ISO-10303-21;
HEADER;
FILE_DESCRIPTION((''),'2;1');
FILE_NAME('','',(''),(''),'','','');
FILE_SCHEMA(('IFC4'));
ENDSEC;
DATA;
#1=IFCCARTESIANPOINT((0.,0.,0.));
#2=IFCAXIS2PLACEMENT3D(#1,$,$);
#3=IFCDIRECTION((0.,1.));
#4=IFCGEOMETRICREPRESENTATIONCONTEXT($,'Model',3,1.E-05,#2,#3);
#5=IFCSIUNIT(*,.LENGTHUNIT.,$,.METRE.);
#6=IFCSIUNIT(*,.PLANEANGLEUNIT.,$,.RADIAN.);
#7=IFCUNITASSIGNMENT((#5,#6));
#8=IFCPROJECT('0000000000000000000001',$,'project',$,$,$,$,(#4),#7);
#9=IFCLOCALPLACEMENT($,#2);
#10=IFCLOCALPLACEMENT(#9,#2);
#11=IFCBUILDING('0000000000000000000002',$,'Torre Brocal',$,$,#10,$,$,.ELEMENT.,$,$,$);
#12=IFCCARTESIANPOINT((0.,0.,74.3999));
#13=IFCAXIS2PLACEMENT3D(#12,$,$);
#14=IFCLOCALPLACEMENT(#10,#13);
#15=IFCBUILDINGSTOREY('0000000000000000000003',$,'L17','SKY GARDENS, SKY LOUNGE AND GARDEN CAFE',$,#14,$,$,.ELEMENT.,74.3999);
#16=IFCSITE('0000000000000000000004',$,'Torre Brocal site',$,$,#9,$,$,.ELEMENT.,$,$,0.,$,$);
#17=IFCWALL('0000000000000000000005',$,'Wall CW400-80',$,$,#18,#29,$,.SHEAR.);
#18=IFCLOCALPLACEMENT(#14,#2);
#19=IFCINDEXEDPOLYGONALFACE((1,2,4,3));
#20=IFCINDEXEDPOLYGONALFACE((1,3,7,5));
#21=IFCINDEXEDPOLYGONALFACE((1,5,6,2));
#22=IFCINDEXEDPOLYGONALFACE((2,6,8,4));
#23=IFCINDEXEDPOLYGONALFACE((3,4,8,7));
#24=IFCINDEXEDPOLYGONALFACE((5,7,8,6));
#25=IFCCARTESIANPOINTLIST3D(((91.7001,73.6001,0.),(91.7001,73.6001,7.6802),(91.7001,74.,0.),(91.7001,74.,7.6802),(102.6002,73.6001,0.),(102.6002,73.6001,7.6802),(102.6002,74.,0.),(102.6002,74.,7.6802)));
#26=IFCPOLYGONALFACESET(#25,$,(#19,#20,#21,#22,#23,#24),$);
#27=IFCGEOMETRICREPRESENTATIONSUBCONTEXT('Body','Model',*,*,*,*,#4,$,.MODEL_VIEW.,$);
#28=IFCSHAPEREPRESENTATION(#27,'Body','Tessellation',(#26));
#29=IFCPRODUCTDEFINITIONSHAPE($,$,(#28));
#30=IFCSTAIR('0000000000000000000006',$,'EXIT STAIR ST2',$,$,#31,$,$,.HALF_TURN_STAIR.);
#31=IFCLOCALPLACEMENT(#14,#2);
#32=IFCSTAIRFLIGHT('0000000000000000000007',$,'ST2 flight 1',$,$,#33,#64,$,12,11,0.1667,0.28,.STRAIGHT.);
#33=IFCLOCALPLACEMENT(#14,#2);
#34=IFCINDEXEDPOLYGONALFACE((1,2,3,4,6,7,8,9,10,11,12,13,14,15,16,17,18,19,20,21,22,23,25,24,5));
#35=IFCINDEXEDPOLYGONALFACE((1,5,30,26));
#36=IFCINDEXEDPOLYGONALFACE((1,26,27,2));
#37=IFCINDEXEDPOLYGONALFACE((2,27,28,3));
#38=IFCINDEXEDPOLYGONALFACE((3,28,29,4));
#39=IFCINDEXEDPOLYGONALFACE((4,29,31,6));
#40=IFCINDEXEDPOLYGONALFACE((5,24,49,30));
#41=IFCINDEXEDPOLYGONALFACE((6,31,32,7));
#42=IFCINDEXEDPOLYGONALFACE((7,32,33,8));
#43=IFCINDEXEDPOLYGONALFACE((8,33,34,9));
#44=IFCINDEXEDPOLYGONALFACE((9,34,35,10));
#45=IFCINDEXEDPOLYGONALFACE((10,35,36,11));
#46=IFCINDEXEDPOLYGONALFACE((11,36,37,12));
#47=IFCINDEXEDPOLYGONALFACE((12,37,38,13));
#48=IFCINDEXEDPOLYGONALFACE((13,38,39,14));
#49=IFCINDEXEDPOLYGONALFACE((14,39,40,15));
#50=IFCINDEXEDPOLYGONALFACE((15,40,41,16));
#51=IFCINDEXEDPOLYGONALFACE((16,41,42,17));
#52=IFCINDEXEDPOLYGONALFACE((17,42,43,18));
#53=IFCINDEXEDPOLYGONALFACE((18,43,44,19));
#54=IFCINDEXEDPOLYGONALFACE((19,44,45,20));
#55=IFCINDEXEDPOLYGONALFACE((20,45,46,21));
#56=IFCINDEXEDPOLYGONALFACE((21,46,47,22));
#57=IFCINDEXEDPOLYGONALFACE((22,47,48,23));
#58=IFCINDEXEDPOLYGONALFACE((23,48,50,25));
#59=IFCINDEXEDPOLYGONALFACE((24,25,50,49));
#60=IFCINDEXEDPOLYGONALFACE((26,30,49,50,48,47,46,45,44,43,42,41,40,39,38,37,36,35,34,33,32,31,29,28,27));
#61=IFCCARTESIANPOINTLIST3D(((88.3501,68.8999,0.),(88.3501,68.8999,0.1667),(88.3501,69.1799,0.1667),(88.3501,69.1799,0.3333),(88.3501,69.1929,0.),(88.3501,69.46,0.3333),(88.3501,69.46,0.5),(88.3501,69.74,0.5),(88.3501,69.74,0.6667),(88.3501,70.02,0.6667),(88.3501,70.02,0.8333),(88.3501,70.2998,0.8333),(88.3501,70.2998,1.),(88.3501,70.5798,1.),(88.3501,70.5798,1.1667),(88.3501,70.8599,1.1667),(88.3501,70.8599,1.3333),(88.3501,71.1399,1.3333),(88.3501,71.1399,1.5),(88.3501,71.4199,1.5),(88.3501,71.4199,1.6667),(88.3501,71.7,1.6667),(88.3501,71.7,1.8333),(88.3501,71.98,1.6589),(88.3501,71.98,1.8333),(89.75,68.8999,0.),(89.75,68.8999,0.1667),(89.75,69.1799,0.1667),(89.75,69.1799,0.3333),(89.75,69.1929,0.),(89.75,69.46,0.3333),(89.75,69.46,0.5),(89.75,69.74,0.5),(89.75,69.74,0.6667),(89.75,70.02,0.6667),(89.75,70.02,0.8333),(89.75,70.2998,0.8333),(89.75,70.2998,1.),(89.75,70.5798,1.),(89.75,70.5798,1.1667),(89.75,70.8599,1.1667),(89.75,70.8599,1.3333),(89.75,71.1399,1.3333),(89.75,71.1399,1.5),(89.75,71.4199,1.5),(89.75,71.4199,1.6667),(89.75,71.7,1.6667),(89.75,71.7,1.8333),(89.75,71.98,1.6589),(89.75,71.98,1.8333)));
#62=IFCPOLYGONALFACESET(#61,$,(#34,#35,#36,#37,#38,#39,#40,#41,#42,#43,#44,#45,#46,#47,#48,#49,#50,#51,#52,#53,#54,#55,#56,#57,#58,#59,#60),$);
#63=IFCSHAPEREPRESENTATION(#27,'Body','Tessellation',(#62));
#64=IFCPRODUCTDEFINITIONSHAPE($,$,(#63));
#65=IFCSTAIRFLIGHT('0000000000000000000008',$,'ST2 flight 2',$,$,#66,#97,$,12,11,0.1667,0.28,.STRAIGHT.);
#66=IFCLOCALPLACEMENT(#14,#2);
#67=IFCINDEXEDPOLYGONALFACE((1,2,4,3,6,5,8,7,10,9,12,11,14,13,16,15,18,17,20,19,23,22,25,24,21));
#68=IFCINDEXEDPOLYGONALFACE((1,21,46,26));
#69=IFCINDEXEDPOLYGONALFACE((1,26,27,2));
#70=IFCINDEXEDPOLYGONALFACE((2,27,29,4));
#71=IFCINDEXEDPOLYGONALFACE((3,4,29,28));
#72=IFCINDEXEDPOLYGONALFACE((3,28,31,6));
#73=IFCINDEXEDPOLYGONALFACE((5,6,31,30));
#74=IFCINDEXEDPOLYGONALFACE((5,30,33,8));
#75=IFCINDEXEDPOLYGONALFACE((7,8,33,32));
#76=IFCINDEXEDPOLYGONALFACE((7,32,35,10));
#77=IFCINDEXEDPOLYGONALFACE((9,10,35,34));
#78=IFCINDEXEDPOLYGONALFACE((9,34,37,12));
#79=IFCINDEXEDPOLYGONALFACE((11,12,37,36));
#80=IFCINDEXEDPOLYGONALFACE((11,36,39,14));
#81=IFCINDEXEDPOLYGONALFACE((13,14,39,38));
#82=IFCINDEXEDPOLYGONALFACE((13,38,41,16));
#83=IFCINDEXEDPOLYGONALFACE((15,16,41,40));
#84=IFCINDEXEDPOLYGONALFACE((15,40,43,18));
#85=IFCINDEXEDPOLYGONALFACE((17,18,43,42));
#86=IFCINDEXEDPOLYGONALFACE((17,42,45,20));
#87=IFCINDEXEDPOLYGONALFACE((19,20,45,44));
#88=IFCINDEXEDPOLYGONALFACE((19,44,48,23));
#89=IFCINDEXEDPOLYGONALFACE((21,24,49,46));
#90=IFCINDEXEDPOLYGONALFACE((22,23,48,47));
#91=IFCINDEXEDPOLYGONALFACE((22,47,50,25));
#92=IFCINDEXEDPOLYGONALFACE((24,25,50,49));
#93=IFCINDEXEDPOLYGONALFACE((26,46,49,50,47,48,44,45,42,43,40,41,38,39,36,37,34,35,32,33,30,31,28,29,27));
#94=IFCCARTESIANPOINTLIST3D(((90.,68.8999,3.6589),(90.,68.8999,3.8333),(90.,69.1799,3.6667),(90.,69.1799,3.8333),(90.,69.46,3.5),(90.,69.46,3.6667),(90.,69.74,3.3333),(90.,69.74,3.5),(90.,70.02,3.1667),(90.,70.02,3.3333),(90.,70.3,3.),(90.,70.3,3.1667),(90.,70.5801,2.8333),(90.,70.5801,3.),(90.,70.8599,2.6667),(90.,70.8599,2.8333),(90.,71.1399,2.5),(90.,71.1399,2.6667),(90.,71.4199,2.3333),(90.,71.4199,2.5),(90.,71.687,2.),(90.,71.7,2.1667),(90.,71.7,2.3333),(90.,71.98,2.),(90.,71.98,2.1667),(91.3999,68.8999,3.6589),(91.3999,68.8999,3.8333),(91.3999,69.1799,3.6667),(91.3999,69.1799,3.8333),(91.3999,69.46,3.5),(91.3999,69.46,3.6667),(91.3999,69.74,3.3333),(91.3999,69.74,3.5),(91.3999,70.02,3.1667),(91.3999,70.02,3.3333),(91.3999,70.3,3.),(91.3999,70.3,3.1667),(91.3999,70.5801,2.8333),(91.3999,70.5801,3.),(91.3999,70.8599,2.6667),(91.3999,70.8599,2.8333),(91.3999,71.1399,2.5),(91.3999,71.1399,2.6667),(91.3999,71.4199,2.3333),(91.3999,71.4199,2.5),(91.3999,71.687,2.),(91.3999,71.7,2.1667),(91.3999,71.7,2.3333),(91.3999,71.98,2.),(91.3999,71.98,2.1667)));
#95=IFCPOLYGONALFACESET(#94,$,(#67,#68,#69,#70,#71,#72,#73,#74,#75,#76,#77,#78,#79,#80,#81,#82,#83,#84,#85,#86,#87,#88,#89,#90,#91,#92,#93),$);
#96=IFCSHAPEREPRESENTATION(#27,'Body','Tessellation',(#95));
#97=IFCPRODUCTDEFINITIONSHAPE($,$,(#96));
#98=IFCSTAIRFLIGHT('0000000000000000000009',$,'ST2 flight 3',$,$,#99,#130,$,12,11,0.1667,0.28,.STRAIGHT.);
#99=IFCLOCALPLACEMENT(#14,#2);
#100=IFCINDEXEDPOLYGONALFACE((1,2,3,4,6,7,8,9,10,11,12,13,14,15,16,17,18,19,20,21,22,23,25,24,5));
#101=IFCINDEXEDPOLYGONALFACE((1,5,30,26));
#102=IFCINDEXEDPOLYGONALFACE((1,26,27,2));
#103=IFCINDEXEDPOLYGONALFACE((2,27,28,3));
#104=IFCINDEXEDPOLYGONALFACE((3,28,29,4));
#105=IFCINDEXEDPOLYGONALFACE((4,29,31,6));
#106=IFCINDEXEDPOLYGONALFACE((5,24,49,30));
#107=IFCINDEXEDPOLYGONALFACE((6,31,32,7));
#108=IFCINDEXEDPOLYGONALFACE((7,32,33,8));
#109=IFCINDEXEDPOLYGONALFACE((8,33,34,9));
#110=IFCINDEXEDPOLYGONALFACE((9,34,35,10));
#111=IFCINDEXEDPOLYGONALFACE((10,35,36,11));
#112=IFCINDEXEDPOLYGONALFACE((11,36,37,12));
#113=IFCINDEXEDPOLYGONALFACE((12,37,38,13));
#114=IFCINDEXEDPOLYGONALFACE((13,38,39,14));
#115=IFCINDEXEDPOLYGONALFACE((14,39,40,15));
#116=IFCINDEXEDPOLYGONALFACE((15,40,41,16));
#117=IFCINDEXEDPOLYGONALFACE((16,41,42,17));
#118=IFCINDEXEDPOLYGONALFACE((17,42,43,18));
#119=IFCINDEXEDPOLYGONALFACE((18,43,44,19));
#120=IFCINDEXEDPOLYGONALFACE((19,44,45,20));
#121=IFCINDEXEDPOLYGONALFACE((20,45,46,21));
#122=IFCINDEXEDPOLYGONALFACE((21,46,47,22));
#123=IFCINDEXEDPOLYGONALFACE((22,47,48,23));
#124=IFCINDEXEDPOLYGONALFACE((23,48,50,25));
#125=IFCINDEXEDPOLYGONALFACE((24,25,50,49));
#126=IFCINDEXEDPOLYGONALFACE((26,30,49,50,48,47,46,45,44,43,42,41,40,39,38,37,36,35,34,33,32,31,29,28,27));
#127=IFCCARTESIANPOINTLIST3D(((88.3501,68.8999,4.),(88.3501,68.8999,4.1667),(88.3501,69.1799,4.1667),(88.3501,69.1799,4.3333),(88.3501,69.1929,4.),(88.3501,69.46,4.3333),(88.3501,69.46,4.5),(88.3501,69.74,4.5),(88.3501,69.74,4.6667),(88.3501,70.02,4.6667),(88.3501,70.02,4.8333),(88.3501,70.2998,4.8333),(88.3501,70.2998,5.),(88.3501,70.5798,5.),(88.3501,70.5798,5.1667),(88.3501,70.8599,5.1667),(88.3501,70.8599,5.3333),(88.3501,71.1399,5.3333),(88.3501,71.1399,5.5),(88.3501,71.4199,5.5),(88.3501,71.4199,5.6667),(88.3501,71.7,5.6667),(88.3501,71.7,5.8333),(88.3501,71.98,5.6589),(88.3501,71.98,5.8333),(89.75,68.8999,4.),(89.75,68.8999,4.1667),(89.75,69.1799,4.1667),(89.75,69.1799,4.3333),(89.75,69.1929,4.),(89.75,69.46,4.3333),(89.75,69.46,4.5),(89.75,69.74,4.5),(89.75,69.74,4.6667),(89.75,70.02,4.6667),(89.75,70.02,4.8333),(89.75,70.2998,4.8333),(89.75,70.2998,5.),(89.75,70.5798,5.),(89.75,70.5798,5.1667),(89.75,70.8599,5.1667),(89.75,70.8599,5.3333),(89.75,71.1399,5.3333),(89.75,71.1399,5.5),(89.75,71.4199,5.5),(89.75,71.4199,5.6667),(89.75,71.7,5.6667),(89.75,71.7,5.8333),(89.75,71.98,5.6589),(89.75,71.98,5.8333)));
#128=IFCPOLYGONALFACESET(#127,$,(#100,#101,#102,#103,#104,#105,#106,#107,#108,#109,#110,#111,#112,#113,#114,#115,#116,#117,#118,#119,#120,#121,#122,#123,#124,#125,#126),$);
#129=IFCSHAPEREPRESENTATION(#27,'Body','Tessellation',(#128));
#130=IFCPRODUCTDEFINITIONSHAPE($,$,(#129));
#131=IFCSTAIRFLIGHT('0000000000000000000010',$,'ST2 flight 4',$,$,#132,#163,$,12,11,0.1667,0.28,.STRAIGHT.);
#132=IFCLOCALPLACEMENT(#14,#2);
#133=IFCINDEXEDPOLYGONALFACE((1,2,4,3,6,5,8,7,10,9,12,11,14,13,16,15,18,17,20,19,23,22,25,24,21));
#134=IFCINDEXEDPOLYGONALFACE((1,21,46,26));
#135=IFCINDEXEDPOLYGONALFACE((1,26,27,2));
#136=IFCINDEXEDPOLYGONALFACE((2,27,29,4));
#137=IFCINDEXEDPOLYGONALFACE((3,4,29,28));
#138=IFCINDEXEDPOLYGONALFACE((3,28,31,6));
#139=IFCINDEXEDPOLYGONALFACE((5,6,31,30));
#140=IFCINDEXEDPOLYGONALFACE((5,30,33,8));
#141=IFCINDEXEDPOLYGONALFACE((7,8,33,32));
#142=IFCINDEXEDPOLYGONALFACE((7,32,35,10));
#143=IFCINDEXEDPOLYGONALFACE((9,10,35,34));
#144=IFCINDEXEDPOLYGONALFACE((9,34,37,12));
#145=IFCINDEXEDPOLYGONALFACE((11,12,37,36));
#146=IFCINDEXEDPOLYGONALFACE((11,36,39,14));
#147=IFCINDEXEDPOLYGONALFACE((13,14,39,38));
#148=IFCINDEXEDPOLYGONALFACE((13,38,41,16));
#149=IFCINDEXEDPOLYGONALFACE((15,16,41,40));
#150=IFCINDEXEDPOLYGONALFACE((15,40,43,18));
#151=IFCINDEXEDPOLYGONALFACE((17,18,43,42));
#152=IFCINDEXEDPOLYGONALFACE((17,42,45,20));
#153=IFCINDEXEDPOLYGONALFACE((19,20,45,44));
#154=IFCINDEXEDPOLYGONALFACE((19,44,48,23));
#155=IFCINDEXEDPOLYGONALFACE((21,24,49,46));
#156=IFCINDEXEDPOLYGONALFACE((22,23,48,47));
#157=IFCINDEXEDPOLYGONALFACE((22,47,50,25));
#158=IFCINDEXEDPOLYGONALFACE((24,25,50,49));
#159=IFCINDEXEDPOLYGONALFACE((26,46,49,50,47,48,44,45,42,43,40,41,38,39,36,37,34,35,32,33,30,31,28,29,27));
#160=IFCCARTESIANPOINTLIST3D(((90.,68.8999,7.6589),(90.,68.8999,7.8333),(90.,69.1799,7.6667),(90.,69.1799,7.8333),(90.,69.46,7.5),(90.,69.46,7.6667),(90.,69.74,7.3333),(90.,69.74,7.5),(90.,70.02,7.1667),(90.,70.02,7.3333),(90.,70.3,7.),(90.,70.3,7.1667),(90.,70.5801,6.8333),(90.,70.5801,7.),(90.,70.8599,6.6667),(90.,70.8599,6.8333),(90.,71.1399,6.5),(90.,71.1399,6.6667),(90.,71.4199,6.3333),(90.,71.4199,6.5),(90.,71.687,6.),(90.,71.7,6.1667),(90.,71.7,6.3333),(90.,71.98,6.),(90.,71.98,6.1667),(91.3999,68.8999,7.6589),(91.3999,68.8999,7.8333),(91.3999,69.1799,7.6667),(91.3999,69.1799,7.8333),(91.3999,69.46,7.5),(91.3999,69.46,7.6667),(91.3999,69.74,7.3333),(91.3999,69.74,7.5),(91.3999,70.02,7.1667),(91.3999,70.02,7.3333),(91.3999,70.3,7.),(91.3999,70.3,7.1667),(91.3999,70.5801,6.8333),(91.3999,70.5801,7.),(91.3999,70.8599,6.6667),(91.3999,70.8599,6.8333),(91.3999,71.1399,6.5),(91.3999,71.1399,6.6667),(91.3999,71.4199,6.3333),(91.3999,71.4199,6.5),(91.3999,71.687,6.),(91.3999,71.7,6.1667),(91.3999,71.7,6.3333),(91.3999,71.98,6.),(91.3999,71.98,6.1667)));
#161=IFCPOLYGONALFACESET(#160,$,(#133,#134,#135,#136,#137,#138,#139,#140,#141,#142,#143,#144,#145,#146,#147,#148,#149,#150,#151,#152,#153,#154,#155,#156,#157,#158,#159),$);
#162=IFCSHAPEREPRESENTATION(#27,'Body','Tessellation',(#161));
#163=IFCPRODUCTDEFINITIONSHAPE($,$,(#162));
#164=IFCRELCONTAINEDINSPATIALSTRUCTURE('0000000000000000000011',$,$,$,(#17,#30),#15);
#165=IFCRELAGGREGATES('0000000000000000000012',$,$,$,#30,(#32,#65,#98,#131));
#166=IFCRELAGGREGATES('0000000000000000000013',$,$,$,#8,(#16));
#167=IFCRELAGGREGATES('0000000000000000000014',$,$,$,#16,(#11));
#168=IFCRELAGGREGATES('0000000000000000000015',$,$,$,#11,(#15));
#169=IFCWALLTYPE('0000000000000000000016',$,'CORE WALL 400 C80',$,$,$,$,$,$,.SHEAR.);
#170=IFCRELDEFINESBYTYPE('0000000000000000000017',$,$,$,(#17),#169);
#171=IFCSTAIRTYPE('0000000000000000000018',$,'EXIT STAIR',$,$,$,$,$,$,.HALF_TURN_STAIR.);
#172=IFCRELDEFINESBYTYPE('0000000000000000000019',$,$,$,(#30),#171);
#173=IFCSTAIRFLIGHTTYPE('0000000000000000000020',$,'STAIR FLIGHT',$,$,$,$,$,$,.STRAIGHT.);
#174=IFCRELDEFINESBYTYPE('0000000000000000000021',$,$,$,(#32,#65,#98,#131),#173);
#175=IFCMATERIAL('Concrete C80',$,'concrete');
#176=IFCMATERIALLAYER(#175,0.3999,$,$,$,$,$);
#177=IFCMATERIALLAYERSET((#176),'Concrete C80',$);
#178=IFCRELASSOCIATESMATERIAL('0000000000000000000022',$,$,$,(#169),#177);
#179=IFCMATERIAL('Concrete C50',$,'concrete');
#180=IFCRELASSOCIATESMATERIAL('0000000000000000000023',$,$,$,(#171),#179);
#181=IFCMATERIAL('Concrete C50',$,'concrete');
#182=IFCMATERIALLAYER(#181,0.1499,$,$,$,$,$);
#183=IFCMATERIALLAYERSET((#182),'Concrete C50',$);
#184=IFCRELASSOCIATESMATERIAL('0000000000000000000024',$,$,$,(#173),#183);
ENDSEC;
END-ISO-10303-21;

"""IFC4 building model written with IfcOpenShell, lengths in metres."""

from ifc_helpers import new_model, si_unit, direction, frame, frame_2d, origin, place, context, subcontext, project, spatial, polyline, rectangle, outline, extrude, material, layer, layer_set, type_object, element, aggregate, save


model = new_model("IFC4")

# Units and contexts
model_context = context("Model", 3, precision=1e-05, world=origin(), true_north=direction((0.0, 1.0)))
body_context = subcontext(model_context, "Body", "Model", "MODEL_VIEW")
ifc_project = project(units=[si_unit("LENGTHUNIT", "METRE"), si_unit("PLANEANGLEUNIT", "RADIAN")], contexts=[model_context])

# Site, building, storey
site_placement = place(None, origin())
site = spatial("IfcSite", under=ifc_project, at=site_placement, Name="Torre Brocal site", CompositionType="ELEMENT", RefElevation=0.0)
building_placement = place(site_placement, origin())
building = spatial("IfcBuilding", under=site, at=building_placement, Name="Torre Brocal", CompositionType="ELEMENT")
storey_placement = place(building_placement, frame((0.0, 0.0, 74.3999)))
storey = spatial("IfcBuildingStorey", under=building, at=storey_placement, Name="L17", Description="SKY GARDENS, SKY LOUNGE AND GARDEN CAFE", CompositionType="ELEMENT", Elevation=74.3999)

# Wall
ifc_material_1 = material(Name="Concrete C80", Category="concrete")
ifc_layer_1 = layer(ifc_material_1, 0.3999)
ifc_layer_set_1 = layer_set([ifc_layer_1], Name="Concrete C80")
wall_type_1 = type_object("IfcWallType", Name="CORE WALL 400 C80", PredefinedType="SHEAR", material=ifc_layer_set_1)
wall_1_placement = place(storey_placement, frame((91.7, 73.8, 0.0), z_axis=(0.0, 0.0, 1.0), x_axis=(1.0, 0.0, 0.0)))
element("IfcWall", 1, at=wall_1_placement, inside=storey, type_object=wall_type_1, Name="Wall CW400-80", PredefinedType="SHEAR", context=body_context, shape_type="SweptSolid", body=[
    extrude(rectangle(XDim=10.9001, YDim=0.3999, at=frame_2d((5.4502, 0.0))), origin(), (0.0, 0.0, 1.0), 7.6802),
])

# Stair, stair flights
ifc_material_2 = material(Name="Concrete C50", Category="concrete")
stair_type = type_object("IfcStairType", Name="EXIT STAIR", PredefinedType="HALF_TURN_STAIR", material=ifc_material_2)
stair_placement = place(storey_placement, origin())
stair = element("IfcStair", 2, at=stair_placement, inside=storey, type_object=stair_type, Name="EXIT STAIR ST2", PredefinedType="HALF_TURN_STAIR")
ifc_material_3 = material(Name="Concrete C50", Category="concrete")
ifc_layer_2 = layer(ifc_material_3, 0.1499)
ifc_layer_set_2 = layer_set([ifc_layer_2], Name="Concrete C50")
stair_flight_type = type_object("IfcStairFlightType", Name="STAIR FLIGHT", PredefinedType="STRAIGHT", material=ifc_layer_set_2)
stair_flight_1_placement = place(storey_placement, frame((89.05, 68.8999, 0.0), z_axis=(0.0, 0.0, 1.0), x_axis=(0.0, 1.0, 0.0)))
stair_flight_1 = element("IfcStairFlight", 3, at=stair_flight_1_placement, type_object=stair_flight_type, Name="ST2 flight 1", NumberOfRisers=12, NumberOfTreads=11, PredefinedType="STRAIGHT", RiserHeight=0.1667, TreadLength=0.28, context=body_context, shape_type="SweptSolid", body=[
    extrude(outline(polyline([(0.0, 0.0), (0.0, 0.1667), (0.28, 0.1667), (0.28, 0.3333), (0.5601, 0.3333), (0.5601, 0.5), (0.8401, 0.5), (0.8401, 0.6667), (1.1201, 0.6667), (1.1201, 0.8333), (1.3999, 0.8333), (1.3999, 1.0), (1.6799, 1.0), (1.6799, 1.1667), (1.96, 1.1667), (1.96, 1.3333), (2.24, 1.3333), (2.24, 1.5), (2.52, 1.5), (2.52, 1.6667), (2.8, 1.6667), (2.8, 1.8333), (3.0801, 1.8333), (3.0801, 2.0), (3.0801, 1.6589), (0.293, 0.0), (0.0, 0.0)])), frame((0.0, 0.7, 0.0), z_axis=(0.0, -1.0, 0.0), x_axis=(1.0, 0.0, 0.0)), (0.0, 0.0, 1.0), 1.3999),
])
stair_flight_2_placement = place(storey_placement, frame((90.7, 71.98, 2.0), z_axis=(0.0, 0.0, 1.0), x_axis=(0.0, -1.0, 0.0)))
stair_flight_2 = element("IfcStairFlight", 4, at=stair_flight_2_placement, type_object=stair_flight_type, Name="ST2 flight 2", NumberOfRisers=12, NumberOfTreads=11, PredefinedType="STRAIGHT", RiserHeight=0.1667, TreadLength=0.28, context=body_context, shape_type="SweptSolid", body=[
    extrude(outline(polyline([(0.0, 0.0), (0.0, 0.1667), (0.28, 0.1667), (0.28, 0.3333), (0.5601, 0.3333), (0.5601, 0.5), (0.8401, 0.5), (0.8401, 0.6667), (1.1201, 0.6667), (1.1201, 0.8333), (1.3999, 0.8333), (1.3999, 1.0), (1.6799, 1.0), (1.6799, 1.1667), (1.96, 1.1667), (1.96, 1.3333), (2.24, 1.3333), (2.24, 1.5), (2.52, 1.5), (2.52, 1.6667), (2.8, 1.6667), (2.8, 1.8333), (3.0801, 1.8333), (3.0801, 2.0), (3.0801, 1.6589), (0.293, 0.0), (0.0, 0.0)])), frame((0.0, 0.7, 0.0), z_axis=(0.0, -1.0, 0.0), x_axis=(1.0, 0.0, 0.0)), (0.0, 0.0, 1.0), 1.3999),
])
stair_flight_3_placement = place(storey_placement, frame((89.05, 68.8999, 4.0), z_axis=(0.0, 0.0, 1.0), x_axis=(0.0, 1.0, 0.0)))
stair_flight_3 = element("IfcStairFlight", 5, at=stair_flight_3_placement, type_object=stair_flight_type, Name="ST2 flight 3", NumberOfRisers=12, NumberOfTreads=11, PredefinedType="STRAIGHT", RiserHeight=0.1667, TreadLength=0.28, context=body_context, shape_type="SweptSolid", body=[
    extrude(outline(polyline([(0.0, 0.0), (0.0, 0.1667), (0.28, 0.1667), (0.28, 0.3333), (0.5601, 0.3333), (0.5601, 0.5), (0.8401, 0.5), (0.8401, 0.6667), (1.1201, 0.6667), (1.1201, 0.8333), (1.3999, 0.8333), (1.3999, 1.0), (1.6799, 1.0), (1.6799, 1.1667), (1.96, 1.1667), (1.96, 1.3333), (2.24, 1.3333), (2.24, 1.5), (2.52, 1.5), (2.52, 1.6667), (2.8, 1.6667), (2.8, 1.8333), (3.0801, 1.8333), (3.0801, 2.0), (3.0801, 1.6589), (0.293, 0.0), (0.0, 0.0)])), frame((0.0, 0.7, 0.0), z_axis=(0.0, -1.0, 0.0), x_axis=(1.0, 0.0, 0.0)), (0.0, 0.0, 1.0), 1.3999),
])
stair_flight_4_placement = place(storey_placement, frame((90.7, 71.98, 6.0), z_axis=(0.0, 0.0, 1.0), x_axis=(0.0, -1.0, 0.0)))
stair_flight_4 = element("IfcStairFlight", 6, at=stair_flight_4_placement, type_object=stair_flight_type, Name="ST2 flight 4", NumberOfRisers=12, NumberOfTreads=11, PredefinedType="STRAIGHT", RiserHeight=0.1667, TreadLength=0.28, context=body_context, shape_type="SweptSolid", body=[
    extrude(outline(polyline([(0.0, 0.0), (0.0, 0.1667), (0.28, 0.1667), (0.28, 0.3333), (0.5601, 0.3333), (0.5601, 0.5), (0.8401, 0.5), (0.8401, 0.6667), (1.1201, 0.6667), (1.1201, 0.8333), (1.3999, 0.8333), (1.3999, 1.0), (1.6799, 1.0), (1.6799, 1.1667), (1.96, 1.1667), (1.96, 1.3333), (2.24, 1.3333), (2.24, 1.5), (2.52, 1.5), (2.52, 1.6667), (2.8, 1.6667), (2.8, 1.8333), (3.0801, 1.8333), (3.0801, 2.0), (3.0801, 1.6589), (0.293, 0.0), (0.0, 0.0)])), frame((0.0, 0.7, 0.0), z_axis=(0.0, -1.0, 0.0), x_axis=(1.0, 0.0, 0.0)), (0.0, 0.0, 1.0), 1.3999),
])
aggregate(stair, [stair_flight_1, stair_flight_2, stair_flight_3, stair_flight_4])

save(model, "model.ifc")
